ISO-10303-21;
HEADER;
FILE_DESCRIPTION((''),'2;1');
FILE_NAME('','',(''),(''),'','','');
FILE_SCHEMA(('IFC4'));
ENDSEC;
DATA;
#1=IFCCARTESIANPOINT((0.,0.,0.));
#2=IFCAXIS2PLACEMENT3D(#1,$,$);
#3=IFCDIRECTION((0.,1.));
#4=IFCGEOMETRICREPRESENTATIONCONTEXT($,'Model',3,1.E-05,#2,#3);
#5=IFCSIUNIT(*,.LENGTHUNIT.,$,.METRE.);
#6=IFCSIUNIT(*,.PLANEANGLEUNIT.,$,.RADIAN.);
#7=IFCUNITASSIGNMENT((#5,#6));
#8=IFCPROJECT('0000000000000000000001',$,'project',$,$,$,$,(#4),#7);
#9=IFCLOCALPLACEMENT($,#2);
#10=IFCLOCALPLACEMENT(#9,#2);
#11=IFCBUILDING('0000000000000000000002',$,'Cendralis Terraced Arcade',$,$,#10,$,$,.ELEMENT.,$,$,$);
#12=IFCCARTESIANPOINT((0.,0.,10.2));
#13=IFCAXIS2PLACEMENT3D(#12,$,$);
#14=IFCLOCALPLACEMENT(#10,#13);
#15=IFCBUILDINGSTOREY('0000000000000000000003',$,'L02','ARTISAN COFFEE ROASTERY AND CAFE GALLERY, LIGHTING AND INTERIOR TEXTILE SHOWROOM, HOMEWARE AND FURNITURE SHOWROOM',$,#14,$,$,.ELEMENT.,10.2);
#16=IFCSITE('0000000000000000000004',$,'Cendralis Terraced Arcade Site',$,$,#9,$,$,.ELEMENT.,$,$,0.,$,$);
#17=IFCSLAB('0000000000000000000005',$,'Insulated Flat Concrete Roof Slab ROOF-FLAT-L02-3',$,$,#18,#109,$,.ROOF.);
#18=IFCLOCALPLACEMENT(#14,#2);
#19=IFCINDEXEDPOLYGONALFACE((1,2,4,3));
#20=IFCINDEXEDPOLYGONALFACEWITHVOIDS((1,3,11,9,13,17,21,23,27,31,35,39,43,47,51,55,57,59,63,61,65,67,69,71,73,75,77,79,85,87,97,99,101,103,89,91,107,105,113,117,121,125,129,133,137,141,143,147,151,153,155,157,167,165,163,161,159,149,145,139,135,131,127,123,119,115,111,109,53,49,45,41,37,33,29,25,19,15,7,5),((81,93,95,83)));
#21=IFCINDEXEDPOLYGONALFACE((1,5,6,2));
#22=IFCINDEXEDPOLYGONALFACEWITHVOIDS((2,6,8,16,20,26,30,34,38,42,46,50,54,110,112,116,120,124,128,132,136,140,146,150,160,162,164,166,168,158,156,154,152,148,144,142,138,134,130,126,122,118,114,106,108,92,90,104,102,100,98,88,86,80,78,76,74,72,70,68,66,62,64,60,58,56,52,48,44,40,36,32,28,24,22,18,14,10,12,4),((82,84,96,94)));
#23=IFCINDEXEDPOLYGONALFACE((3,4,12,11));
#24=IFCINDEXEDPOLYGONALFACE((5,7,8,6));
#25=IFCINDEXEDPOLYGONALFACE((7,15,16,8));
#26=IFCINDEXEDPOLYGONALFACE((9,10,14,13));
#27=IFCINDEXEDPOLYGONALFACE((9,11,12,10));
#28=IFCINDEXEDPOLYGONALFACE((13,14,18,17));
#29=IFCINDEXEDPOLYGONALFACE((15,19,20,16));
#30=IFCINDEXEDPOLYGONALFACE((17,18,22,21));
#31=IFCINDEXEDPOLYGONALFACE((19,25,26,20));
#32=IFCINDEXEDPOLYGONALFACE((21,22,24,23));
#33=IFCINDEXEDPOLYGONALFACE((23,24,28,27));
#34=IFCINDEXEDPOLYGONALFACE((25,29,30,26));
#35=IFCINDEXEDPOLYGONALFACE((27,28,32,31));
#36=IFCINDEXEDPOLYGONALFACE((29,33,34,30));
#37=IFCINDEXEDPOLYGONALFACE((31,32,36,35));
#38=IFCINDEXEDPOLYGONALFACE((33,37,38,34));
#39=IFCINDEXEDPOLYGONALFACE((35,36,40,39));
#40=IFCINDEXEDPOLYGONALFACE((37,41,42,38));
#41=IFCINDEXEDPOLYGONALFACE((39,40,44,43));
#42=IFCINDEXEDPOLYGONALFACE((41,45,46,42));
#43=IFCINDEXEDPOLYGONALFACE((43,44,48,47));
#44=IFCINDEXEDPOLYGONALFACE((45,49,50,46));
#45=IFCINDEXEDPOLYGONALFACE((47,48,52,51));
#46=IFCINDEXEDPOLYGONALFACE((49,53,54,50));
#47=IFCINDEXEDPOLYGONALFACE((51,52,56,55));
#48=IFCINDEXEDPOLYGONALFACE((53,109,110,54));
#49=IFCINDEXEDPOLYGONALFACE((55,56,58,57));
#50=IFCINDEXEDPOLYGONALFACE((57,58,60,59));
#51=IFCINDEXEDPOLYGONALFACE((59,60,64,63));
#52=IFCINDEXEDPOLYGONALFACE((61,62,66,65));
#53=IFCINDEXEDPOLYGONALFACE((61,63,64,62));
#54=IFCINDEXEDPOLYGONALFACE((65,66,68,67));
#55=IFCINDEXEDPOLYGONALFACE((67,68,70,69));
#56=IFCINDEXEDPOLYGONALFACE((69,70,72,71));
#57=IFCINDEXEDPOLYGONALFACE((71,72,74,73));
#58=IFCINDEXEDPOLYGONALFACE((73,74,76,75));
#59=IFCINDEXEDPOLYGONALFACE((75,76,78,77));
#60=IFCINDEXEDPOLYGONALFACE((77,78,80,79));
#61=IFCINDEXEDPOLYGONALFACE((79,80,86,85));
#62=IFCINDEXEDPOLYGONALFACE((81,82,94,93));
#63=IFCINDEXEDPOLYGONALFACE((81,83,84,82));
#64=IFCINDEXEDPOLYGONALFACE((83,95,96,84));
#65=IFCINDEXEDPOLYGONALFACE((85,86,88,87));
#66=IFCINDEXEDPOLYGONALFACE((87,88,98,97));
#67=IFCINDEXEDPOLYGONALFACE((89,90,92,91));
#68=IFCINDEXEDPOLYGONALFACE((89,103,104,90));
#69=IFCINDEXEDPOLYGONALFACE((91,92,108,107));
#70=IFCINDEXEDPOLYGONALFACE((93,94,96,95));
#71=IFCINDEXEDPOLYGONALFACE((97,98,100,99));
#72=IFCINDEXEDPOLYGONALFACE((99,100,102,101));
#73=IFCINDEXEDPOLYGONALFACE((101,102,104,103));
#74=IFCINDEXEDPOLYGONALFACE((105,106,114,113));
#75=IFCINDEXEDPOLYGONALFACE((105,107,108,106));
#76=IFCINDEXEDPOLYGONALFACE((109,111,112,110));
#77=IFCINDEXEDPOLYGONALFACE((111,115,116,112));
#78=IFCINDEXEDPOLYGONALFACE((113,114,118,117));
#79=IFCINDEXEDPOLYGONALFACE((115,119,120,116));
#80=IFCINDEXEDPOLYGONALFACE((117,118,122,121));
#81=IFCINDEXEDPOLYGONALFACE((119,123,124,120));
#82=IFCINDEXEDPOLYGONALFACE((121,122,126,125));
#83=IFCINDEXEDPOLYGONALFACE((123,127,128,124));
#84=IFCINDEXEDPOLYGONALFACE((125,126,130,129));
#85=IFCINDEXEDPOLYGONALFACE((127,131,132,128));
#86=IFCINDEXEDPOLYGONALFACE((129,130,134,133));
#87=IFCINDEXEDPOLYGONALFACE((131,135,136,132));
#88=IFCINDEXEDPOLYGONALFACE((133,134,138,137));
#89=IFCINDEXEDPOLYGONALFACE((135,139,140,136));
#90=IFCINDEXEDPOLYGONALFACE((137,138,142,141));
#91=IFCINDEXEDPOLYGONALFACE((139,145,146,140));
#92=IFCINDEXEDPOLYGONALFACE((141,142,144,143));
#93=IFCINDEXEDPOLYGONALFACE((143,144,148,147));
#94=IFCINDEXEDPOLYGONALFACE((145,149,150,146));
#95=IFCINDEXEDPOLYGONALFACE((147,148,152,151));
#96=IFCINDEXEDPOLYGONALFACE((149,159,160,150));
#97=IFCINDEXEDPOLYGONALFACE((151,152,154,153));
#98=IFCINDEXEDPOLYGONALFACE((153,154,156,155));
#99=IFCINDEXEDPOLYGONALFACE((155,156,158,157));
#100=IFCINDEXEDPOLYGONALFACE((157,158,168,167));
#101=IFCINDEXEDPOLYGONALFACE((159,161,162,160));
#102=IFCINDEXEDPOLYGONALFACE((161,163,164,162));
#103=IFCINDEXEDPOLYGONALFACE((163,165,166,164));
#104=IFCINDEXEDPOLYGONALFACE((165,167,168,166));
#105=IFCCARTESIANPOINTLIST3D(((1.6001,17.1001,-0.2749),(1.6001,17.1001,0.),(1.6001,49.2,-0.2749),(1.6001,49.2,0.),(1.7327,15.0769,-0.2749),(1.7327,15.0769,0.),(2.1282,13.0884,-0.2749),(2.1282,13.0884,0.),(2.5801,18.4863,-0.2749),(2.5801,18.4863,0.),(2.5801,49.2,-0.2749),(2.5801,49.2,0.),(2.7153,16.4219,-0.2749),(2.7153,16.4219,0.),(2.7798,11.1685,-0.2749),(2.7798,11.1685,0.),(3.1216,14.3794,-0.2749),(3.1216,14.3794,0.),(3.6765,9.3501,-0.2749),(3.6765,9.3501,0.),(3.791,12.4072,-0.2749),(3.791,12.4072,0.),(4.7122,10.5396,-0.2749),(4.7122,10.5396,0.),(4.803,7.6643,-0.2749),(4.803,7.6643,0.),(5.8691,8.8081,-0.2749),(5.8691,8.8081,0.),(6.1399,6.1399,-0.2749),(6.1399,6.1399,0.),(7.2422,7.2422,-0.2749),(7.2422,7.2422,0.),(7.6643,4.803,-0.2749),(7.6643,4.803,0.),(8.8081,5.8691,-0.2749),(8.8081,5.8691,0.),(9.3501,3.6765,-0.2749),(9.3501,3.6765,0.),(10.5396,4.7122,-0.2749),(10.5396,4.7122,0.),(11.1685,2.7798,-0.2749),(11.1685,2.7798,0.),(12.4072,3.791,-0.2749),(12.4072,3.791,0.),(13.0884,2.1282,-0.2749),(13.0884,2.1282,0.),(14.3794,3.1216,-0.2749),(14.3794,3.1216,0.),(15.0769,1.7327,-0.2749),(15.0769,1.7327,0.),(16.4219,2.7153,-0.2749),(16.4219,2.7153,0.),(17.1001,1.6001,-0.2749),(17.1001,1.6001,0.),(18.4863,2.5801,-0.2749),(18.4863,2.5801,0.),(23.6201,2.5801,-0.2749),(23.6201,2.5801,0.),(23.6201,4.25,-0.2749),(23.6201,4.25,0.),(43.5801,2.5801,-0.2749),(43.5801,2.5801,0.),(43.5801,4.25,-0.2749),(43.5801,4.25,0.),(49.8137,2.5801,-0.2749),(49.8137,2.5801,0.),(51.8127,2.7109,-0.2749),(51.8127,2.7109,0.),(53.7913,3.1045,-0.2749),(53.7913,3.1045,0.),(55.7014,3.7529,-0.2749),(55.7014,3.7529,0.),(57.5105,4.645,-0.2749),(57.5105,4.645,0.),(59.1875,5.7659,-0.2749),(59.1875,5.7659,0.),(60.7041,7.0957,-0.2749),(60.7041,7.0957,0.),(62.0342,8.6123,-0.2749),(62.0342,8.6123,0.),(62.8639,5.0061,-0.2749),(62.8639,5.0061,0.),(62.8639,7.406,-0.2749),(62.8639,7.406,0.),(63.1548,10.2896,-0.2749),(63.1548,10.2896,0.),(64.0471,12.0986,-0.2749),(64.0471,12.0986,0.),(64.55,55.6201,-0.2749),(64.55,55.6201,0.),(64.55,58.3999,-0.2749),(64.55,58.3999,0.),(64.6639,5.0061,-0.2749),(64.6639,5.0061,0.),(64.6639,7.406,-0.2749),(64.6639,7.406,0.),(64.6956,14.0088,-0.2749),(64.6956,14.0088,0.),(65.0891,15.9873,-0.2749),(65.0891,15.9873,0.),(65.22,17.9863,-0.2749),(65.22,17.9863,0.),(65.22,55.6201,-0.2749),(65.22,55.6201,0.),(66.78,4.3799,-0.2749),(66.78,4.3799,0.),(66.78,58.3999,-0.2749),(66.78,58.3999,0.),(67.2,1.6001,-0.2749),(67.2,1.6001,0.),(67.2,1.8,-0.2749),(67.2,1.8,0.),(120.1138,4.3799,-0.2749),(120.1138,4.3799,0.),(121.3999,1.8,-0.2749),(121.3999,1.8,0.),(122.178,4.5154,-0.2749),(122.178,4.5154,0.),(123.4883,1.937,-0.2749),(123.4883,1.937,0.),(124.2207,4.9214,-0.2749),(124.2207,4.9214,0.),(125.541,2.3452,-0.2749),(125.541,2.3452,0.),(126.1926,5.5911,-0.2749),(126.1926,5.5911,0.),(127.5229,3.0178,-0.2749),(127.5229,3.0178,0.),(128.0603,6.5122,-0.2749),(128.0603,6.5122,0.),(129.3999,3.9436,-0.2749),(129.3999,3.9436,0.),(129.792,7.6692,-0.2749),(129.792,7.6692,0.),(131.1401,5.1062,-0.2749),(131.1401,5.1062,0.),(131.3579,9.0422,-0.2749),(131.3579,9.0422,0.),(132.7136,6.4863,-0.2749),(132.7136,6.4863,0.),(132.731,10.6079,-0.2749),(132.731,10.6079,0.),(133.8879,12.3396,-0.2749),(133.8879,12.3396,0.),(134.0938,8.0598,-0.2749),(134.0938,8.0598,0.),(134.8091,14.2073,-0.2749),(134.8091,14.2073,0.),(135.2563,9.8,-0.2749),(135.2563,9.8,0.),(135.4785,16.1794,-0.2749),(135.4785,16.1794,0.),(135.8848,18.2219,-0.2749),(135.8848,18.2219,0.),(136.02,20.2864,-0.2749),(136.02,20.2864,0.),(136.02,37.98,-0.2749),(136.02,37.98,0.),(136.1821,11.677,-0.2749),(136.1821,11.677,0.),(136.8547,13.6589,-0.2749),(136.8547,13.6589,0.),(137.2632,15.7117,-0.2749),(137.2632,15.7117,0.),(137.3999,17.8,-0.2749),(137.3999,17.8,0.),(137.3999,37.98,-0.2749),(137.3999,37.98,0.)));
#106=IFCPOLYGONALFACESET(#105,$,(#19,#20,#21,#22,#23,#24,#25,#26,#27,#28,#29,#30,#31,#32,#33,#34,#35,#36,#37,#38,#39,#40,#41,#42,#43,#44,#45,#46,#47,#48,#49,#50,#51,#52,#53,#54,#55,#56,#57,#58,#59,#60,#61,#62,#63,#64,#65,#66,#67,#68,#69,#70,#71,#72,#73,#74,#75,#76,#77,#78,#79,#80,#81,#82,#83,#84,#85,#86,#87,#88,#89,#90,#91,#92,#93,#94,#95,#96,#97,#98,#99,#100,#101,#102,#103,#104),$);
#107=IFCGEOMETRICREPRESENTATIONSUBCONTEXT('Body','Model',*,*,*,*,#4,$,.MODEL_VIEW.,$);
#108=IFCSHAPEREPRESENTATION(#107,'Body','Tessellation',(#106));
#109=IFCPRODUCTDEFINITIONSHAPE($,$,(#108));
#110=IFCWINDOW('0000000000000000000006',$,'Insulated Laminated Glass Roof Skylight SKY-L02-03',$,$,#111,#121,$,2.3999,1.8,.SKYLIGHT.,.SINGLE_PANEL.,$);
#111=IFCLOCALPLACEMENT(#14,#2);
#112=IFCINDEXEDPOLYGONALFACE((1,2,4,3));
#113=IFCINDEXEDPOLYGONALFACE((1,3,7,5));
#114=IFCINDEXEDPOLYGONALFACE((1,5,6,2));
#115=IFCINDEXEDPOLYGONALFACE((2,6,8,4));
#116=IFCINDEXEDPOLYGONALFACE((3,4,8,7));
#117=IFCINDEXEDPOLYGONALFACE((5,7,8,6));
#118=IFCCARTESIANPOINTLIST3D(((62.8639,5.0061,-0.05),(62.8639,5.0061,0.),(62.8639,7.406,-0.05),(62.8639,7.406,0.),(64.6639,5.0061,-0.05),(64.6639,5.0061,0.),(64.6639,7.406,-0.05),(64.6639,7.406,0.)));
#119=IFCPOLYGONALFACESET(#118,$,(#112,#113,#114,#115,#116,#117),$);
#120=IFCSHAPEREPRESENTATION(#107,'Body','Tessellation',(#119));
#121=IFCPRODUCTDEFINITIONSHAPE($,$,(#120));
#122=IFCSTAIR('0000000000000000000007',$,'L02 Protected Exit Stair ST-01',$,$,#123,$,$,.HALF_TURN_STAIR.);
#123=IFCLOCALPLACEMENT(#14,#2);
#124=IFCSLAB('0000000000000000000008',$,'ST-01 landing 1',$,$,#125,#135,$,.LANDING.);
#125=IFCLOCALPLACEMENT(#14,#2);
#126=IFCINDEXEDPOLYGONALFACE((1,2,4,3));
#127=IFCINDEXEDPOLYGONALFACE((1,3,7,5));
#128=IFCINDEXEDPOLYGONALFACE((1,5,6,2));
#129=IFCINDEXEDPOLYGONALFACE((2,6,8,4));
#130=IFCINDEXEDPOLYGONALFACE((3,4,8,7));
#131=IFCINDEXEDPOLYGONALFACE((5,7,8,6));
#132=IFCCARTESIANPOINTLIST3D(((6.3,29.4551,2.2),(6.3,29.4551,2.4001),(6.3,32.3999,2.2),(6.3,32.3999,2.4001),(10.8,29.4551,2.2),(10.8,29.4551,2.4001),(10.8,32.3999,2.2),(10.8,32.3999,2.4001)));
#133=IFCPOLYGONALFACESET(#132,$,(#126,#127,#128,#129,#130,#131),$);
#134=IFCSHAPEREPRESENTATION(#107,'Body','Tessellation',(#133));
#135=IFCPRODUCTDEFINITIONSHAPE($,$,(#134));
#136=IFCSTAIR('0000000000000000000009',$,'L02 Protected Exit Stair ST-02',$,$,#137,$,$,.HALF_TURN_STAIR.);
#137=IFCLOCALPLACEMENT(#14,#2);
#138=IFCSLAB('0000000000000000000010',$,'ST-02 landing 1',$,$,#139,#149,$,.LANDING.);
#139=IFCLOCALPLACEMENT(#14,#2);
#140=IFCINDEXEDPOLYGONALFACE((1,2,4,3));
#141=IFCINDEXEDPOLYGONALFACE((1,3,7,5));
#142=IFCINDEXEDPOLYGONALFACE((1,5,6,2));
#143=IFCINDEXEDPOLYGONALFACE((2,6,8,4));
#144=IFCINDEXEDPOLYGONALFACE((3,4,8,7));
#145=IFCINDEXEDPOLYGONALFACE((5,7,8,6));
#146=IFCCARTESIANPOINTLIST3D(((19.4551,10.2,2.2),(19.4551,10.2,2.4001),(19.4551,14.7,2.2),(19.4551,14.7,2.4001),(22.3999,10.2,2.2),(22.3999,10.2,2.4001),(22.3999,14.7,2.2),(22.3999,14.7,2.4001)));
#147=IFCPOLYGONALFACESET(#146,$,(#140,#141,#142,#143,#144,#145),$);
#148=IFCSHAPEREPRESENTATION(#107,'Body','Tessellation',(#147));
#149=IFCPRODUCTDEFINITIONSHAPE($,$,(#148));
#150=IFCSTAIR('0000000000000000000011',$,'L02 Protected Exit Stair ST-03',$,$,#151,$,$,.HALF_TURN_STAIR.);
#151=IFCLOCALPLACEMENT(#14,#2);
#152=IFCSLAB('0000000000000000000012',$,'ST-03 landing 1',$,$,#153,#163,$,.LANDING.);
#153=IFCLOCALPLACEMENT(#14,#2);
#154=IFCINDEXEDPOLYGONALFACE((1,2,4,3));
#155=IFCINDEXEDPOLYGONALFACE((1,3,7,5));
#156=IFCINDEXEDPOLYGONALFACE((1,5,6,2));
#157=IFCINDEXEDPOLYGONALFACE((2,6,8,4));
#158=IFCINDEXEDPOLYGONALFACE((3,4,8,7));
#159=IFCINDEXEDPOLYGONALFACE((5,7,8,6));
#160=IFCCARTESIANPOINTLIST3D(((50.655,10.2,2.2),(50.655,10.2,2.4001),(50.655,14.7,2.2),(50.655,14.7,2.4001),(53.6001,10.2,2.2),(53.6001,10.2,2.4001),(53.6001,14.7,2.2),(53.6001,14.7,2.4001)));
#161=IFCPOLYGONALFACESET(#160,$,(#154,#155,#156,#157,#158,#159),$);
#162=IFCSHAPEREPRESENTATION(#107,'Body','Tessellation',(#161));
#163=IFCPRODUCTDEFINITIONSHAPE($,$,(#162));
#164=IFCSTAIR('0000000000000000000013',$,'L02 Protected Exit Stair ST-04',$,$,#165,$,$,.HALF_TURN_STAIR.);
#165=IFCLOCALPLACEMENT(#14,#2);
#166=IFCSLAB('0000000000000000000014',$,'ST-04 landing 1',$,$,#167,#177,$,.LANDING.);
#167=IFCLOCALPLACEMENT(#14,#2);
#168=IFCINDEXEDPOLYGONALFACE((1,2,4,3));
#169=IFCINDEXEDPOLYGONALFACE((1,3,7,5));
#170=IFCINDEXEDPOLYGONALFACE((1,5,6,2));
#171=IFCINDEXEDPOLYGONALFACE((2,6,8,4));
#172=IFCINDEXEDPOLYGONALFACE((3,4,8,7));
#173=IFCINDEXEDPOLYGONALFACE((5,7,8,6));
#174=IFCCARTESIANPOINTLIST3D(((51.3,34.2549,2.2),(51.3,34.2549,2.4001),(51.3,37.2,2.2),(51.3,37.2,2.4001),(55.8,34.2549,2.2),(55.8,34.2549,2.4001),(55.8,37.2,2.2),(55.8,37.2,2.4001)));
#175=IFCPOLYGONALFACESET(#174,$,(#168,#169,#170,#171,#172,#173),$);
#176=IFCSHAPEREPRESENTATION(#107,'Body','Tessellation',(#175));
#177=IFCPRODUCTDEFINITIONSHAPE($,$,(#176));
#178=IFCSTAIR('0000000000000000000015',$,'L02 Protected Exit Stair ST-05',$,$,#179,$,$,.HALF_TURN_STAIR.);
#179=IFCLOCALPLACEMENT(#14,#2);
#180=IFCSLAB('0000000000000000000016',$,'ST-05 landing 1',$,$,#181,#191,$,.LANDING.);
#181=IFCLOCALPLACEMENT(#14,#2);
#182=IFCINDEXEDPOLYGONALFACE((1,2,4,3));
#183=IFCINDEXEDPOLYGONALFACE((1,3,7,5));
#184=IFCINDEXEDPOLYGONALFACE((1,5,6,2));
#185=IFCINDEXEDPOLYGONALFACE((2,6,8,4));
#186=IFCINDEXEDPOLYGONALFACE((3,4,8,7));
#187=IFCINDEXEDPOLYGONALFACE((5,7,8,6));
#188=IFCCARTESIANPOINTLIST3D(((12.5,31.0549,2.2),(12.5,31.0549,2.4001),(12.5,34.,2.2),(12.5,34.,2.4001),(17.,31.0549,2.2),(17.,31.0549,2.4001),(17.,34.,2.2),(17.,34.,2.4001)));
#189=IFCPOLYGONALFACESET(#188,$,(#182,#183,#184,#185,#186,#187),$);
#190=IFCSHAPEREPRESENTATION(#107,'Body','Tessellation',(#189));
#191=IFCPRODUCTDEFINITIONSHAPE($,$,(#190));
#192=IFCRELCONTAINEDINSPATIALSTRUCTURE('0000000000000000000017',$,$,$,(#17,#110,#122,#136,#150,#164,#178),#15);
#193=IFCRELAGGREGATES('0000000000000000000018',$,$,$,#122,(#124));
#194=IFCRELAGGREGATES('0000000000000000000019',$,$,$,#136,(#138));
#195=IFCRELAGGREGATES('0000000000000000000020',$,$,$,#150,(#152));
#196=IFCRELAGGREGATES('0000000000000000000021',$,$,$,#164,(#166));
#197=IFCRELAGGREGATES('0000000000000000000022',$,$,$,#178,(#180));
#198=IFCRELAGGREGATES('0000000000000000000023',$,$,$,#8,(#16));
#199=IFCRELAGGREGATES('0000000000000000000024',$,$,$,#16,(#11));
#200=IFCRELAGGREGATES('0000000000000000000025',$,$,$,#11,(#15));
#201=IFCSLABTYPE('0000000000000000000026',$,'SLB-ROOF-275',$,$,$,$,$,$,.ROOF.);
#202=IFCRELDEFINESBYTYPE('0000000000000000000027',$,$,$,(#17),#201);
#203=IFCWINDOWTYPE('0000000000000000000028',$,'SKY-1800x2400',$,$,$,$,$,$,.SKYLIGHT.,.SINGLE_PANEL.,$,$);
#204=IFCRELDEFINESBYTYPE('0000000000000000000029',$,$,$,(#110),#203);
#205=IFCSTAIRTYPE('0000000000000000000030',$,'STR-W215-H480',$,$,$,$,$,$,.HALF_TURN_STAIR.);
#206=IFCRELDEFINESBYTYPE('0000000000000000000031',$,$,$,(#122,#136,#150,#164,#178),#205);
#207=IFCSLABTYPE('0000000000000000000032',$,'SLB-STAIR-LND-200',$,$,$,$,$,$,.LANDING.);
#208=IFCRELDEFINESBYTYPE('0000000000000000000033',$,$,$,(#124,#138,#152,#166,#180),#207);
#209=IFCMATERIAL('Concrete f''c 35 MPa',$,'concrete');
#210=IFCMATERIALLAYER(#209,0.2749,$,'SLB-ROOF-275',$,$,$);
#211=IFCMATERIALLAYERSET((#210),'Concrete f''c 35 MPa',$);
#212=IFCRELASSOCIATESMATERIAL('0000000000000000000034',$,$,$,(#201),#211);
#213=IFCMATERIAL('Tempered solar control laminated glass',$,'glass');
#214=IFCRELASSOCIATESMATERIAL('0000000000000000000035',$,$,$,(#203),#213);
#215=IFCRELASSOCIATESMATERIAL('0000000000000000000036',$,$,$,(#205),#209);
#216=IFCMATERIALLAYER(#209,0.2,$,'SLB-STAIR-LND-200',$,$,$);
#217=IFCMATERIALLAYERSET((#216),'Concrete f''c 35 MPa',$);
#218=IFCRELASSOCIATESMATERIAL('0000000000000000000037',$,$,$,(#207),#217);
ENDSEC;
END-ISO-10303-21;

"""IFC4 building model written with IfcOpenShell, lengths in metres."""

from ifc_helpers import new_model, si_unit, direction, frame, origin, origin_2d, place, context, subcontext, project, spatial, polyline, rectangle, outline, extrude, material, layer, layer_set, type_object, element, fill, aggregate, save


model = new_model("IFC4")

# Units and contexts
model_context = context("Model", 3, precision=1e-05, world=origin(), true_north=direction((0.0, 1.0)))
body_context = subcontext(model_context, "Body", "Model", "MODEL_VIEW")
ifc_project = project(units=[si_unit("LENGTHUNIT", "METRE"), si_unit("PLANEANGLEUNIT", "RADIAN")], contexts=[model_context])

# Site, building, storey
site_placement = place(None, origin())
site = spatial("IfcSite", under=ifc_project, at=site_placement, Name="Cendralis Terraced Arcade Site", CompositionType="ELEMENT", RefElevation=0.0)
building_placement = place(site_placement, origin())
building = spatial("IfcBuilding", under=site, at=building_placement, Name="Cendralis Terraced Arcade", CompositionType="ELEMENT")
storey_placement = place(building_placement, frame((0.0, 0.0, 10.2)))
storey = spatial("IfcBuildingStorey", under=building, at=storey_placement, Name="L02", Description="ARTISAN COFFEE ROASTERY AND CAFE GALLERY, LIGHTING AND INTERIOR TEXTILE SHOWROOM, HOMEWARE AND FURNITURE SHOWROOM", CompositionType="ELEMENT", Elevation=10.2)

# Slab, opening, window
ifc_material_1 = material(Name="Concrete f'c 35 MPa", Category="concrete")
ifc_layer_1 = layer(ifc_material_1, 0.2749, Name="SLB-ROOF-275")
ifc_layer_set_1 = layer_set([ifc_layer_1], Name="Concrete f'c 35 MPa")
slab_type_1 = type_object("IfcSlabType", Name="SLB-ROOF-275", PredefinedType="ROOF", material=ifc_layer_set_1)
ifc_material_2 = material(Name="Tempered solar control laminated glass", Category="glass")
slab_1_placement = place(storey_placement, frame((0.0, 0.0, -0.2749)))
slab_1 = element("IfcSlab", 1, at=slab_1_placement, inside=storey, type_object=slab_type_1, Name="Insulated Flat Concrete Roof Slab ROOF-FLAT-L02-3", PredefinedType="ROOF", context=body_context, shape_type="SweptSolid", body=[
    extrude(outline(polyline([(136.1821, 11.677), (135.2563, 9.8), (134.0938, 8.0598), (132.7136, 6.4863), (131.1401, 5.1062), (129.3999, 3.9436), (127.5229, 3.0178), (125.541, 2.3452), (123.4883, 1.937), (121.3999, 1.8), (67.2, 1.8), (67.2, 1.6001), (17.1001, 1.6001), (15.0769, 1.7327), (13.0884, 2.1282), (11.1685, 2.7798), (9.3501, 3.6765), (7.6643, 4.803), (6.1399, 6.1399), (4.803, 7.6643), (3.6765, 9.3501), (2.7798, 11.1685), (2.1282, 13.0884), (1.7327, 15.0769), (1.6001, 17.1001), (1.6001, 49.2), (2.5801, 49.2), (2.5801, 18.4863), (2.7153, 16.4219), (3.1216, 14.3794), (3.791, 12.4072), (4.7122, 10.5396), (5.8691, 8.8081), (7.2422, 7.2422), (8.8081, 5.8691), (10.5396, 4.7122), (12.4072, 3.791), (14.3794, 3.1216), (16.4219, 2.7153), (18.4863, 2.5801), (23.6201, 2.5801), (23.6201, 4.25), (43.5801, 4.25), (43.5801, 2.5801), (49.8137, 2.5801), (51.8127, 2.7109), (53.7913, 3.1045), (55.7014, 3.7529), (57.5105, 4.645), (59.1875, 5.7659), (60.7041, 7.0957), (62.0342, 8.6123), (63.1548, 10.2896), (64.0471, 12.0986), (64.6956, 14.0088), (65.0891, 15.9873), (65.22, 17.9863), (65.22, 55.6201), (64.55, 55.6201), (64.55, 58.3999), (66.78, 58.3999), (66.78, 4.3799), (120.1138, 4.3799), (122.178, 4.5154), (124.2207, 4.9214), (126.1926, 5.5911), (128.0603, 6.5122), (129.792, 7.6692), (131.3579, 9.0422), (132.731, 10.6079), (133.8879, 12.3396), (134.8091, 14.2073), (135.4785, 16.1794), (135.8848, 18.2219), (136.02, 20.2864), (136.02, 37.98), (137.3999, 37.98), (137.3999, 17.8), (137.2632, 15.7117), (136.8547, 13.6589), (136.1821, 11.677)])), origin(), (0.0, 0.0, 1.0), 0.2749),
])
opening_1_placement = place(slab_1_placement, frame((63.7639, 6.2061, 0.0)))
opening_1 = element("IfcOpeningElement", 2, at=opening_1_placement, cuts=slab_1, PredefinedType="OPENING", context=body_context, shape_type="SweptSolid", body=[
    extrude(rectangle(XDim=1.8, YDim=2.3999, at=origin_2d()), frame((0.0, 0.0, -0.012)), (0.0, 0.0, 1.0), 0.2988),
])
window_type_1 = type_object("IfcWindowType", Name="SKY-1800x2400", PartitioningType="SINGLE_PANEL", PredefinedType="SKYLIGHT", material=ifc_material_2)
window_1_placement = place(opening_1_placement, frame((0.0, 0.0, 0.2249)))
window_1 = element("IfcWindow", 3, at=window_1_placement, inside=storey, type_object=window_type_1, Name="Insulated Laminated Glass Roof Skylight SKY-L02-03", OverallHeight=2.3999, OverallWidth=1.8, PartitioningType="SINGLE_PANEL", PredefinedType="SKYLIGHT", context=body_context, shape_type="SweptSolid", body=[
    extrude(rectangle(XDim=1.8, YDim=2.3999, at=origin_2d()), origin(), (0.0, 0.0, 1.0), 0.05),
])
fill(opening_1, window_1)

# Stairs, slabs
stair_type_1 = type_object("IfcStairType", Name="STR-W215-H480", PredefinedType="HALF_TURN_STAIR", material=ifc_material_1)
stair_1_placement = place(storey_placement, origin())
stair_1 = element("IfcStair", 4, at=stair_1_placement, inside=storey, type_object=stair_type_1, Name="L02 Protected Exit Stair ST-01", PredefinedType="HALF_TURN_STAIR")
ifc_layer_2 = layer(ifc_material_1, 0.2, Name="SLB-STAIR-LND-200")
ifc_layer_set_2 = layer_set([ifc_layer_2], Name="Concrete f'c 35 MPa")
slab_type_2 = type_object("IfcSlabType", Name="SLB-STAIR-LND-200", PredefinedType="LANDING", material=ifc_layer_set_2)
slab_2_placement = place(storey_placement, frame((0.0, 0.0, 2.2)))
slab_2 = element("IfcSlab", 5, at=slab_2_placement, type_object=slab_type_2, Name="ST-01 landing 1", PredefinedType="LANDING", context=body_context, shape_type="SweptSolid", body=[
    extrude(outline(polyline([(10.8, 29.4551), (10.8, 32.3999), (6.3, 32.3999), (6.3, 29.4551), (10.8, 29.4551)])), origin(), (0.0, 0.0, 1.0), 0.2002),
])
aggregate(stair_1, [slab_2])
stair_2_placement = place(storey_placement, origin())
stair_2 = element("IfcStair", 6, at=stair_2_placement, inside=storey, type_object=stair_type_1, Name="L02 Protected Exit Stair ST-02", PredefinedType="HALF_TURN_STAIR")
slab_3_placement = place(storey_placement, frame((0.0, 0.0, 2.2)))
slab_3 = element("IfcSlab", 7, at=slab_3_placement, type_object=slab_type_2, Name="ST-02 landing 1", PredefinedType="LANDING", context=body_context, shape_type="SweptSolid", body=[
    extrude(outline(polyline([(19.4551, 10.2), (22.3999, 10.2), (22.3999, 14.7), (19.4551, 14.7), (19.4551, 10.2)])), origin(), (0.0, 0.0, 1.0), 0.2002),
])
aggregate(stair_2, [slab_3])
stair_3_placement = place(storey_placement, origin())
stair_3 = element("IfcStair", 8, at=stair_3_placement, inside=storey, type_object=stair_type_1, Name="L02 Protected Exit Stair ST-03", PredefinedType="HALF_TURN_STAIR")
slab_4_placement = place(storey_placement, frame((0.0, 0.0, 2.2)))
slab_4 = element("IfcSlab", 9, at=slab_4_placement, type_object=slab_type_2, Name="ST-03 landing 1", PredefinedType="LANDING", context=body_context, shape_type="SweptSolid", body=[
    extrude(outline(polyline([(50.655, 10.2), (53.6001, 10.2), (53.6001, 14.7), (50.655, 14.7), (50.655, 10.2)])), origin(), (0.0, 0.0, 1.0), 0.2002),
])
aggregate(stair_3, [slab_4])
stair_4_placement = place(storey_placement, origin())
stair_4 = element("IfcStair", 10, at=stair_4_placement, inside=storey, type_object=stair_type_1, Name="L02 Protected Exit Stair ST-04", PredefinedType="HALF_TURN_STAIR")
slab_5_placement = place(storey_placement, frame((0.0, 0.0, 2.2)))
slab_5 = element("IfcSlab", 11, at=slab_5_placement, type_object=slab_type_2, Name="ST-04 landing 1", PredefinedType="LANDING", context=body_context, shape_type="SweptSolid", body=[
    extrude(outline(polyline([(55.8, 34.2549), (55.8, 37.2), (51.3, 37.2), (51.3, 34.2549), (55.8, 34.2549)])), origin(), (0.0, 0.0, 1.0), 0.2002),
])
aggregate(stair_4, [slab_5])
stair_5_placement = place(storey_placement, origin())
stair_5 = element("IfcStair", 12, at=stair_5_placement, inside=storey, type_object=stair_type_1, Name="L02 Protected Exit Stair ST-05", PredefinedType="HALF_TURN_STAIR")
slab_6_placement = place(storey_placement, frame((0.0, 0.0, 2.2)))
slab_6 = element("IfcSlab", 13, at=slab_6_placement, type_object=slab_type_2, Name="ST-05 landing 1", PredefinedType="LANDING", context=body_context, shape_type="SweptSolid", body=[
    extrude(outline(polyline([(17.0, 31.0549), (17.0, 34.0), (12.5, 34.0), (12.5, 31.0549), (17.0, 31.0549)])), origin(), (0.0, 0.0, 1.0), 0.2002),
])
aggregate(stair_5, [slab_6])

save(model, "model.ifc")
